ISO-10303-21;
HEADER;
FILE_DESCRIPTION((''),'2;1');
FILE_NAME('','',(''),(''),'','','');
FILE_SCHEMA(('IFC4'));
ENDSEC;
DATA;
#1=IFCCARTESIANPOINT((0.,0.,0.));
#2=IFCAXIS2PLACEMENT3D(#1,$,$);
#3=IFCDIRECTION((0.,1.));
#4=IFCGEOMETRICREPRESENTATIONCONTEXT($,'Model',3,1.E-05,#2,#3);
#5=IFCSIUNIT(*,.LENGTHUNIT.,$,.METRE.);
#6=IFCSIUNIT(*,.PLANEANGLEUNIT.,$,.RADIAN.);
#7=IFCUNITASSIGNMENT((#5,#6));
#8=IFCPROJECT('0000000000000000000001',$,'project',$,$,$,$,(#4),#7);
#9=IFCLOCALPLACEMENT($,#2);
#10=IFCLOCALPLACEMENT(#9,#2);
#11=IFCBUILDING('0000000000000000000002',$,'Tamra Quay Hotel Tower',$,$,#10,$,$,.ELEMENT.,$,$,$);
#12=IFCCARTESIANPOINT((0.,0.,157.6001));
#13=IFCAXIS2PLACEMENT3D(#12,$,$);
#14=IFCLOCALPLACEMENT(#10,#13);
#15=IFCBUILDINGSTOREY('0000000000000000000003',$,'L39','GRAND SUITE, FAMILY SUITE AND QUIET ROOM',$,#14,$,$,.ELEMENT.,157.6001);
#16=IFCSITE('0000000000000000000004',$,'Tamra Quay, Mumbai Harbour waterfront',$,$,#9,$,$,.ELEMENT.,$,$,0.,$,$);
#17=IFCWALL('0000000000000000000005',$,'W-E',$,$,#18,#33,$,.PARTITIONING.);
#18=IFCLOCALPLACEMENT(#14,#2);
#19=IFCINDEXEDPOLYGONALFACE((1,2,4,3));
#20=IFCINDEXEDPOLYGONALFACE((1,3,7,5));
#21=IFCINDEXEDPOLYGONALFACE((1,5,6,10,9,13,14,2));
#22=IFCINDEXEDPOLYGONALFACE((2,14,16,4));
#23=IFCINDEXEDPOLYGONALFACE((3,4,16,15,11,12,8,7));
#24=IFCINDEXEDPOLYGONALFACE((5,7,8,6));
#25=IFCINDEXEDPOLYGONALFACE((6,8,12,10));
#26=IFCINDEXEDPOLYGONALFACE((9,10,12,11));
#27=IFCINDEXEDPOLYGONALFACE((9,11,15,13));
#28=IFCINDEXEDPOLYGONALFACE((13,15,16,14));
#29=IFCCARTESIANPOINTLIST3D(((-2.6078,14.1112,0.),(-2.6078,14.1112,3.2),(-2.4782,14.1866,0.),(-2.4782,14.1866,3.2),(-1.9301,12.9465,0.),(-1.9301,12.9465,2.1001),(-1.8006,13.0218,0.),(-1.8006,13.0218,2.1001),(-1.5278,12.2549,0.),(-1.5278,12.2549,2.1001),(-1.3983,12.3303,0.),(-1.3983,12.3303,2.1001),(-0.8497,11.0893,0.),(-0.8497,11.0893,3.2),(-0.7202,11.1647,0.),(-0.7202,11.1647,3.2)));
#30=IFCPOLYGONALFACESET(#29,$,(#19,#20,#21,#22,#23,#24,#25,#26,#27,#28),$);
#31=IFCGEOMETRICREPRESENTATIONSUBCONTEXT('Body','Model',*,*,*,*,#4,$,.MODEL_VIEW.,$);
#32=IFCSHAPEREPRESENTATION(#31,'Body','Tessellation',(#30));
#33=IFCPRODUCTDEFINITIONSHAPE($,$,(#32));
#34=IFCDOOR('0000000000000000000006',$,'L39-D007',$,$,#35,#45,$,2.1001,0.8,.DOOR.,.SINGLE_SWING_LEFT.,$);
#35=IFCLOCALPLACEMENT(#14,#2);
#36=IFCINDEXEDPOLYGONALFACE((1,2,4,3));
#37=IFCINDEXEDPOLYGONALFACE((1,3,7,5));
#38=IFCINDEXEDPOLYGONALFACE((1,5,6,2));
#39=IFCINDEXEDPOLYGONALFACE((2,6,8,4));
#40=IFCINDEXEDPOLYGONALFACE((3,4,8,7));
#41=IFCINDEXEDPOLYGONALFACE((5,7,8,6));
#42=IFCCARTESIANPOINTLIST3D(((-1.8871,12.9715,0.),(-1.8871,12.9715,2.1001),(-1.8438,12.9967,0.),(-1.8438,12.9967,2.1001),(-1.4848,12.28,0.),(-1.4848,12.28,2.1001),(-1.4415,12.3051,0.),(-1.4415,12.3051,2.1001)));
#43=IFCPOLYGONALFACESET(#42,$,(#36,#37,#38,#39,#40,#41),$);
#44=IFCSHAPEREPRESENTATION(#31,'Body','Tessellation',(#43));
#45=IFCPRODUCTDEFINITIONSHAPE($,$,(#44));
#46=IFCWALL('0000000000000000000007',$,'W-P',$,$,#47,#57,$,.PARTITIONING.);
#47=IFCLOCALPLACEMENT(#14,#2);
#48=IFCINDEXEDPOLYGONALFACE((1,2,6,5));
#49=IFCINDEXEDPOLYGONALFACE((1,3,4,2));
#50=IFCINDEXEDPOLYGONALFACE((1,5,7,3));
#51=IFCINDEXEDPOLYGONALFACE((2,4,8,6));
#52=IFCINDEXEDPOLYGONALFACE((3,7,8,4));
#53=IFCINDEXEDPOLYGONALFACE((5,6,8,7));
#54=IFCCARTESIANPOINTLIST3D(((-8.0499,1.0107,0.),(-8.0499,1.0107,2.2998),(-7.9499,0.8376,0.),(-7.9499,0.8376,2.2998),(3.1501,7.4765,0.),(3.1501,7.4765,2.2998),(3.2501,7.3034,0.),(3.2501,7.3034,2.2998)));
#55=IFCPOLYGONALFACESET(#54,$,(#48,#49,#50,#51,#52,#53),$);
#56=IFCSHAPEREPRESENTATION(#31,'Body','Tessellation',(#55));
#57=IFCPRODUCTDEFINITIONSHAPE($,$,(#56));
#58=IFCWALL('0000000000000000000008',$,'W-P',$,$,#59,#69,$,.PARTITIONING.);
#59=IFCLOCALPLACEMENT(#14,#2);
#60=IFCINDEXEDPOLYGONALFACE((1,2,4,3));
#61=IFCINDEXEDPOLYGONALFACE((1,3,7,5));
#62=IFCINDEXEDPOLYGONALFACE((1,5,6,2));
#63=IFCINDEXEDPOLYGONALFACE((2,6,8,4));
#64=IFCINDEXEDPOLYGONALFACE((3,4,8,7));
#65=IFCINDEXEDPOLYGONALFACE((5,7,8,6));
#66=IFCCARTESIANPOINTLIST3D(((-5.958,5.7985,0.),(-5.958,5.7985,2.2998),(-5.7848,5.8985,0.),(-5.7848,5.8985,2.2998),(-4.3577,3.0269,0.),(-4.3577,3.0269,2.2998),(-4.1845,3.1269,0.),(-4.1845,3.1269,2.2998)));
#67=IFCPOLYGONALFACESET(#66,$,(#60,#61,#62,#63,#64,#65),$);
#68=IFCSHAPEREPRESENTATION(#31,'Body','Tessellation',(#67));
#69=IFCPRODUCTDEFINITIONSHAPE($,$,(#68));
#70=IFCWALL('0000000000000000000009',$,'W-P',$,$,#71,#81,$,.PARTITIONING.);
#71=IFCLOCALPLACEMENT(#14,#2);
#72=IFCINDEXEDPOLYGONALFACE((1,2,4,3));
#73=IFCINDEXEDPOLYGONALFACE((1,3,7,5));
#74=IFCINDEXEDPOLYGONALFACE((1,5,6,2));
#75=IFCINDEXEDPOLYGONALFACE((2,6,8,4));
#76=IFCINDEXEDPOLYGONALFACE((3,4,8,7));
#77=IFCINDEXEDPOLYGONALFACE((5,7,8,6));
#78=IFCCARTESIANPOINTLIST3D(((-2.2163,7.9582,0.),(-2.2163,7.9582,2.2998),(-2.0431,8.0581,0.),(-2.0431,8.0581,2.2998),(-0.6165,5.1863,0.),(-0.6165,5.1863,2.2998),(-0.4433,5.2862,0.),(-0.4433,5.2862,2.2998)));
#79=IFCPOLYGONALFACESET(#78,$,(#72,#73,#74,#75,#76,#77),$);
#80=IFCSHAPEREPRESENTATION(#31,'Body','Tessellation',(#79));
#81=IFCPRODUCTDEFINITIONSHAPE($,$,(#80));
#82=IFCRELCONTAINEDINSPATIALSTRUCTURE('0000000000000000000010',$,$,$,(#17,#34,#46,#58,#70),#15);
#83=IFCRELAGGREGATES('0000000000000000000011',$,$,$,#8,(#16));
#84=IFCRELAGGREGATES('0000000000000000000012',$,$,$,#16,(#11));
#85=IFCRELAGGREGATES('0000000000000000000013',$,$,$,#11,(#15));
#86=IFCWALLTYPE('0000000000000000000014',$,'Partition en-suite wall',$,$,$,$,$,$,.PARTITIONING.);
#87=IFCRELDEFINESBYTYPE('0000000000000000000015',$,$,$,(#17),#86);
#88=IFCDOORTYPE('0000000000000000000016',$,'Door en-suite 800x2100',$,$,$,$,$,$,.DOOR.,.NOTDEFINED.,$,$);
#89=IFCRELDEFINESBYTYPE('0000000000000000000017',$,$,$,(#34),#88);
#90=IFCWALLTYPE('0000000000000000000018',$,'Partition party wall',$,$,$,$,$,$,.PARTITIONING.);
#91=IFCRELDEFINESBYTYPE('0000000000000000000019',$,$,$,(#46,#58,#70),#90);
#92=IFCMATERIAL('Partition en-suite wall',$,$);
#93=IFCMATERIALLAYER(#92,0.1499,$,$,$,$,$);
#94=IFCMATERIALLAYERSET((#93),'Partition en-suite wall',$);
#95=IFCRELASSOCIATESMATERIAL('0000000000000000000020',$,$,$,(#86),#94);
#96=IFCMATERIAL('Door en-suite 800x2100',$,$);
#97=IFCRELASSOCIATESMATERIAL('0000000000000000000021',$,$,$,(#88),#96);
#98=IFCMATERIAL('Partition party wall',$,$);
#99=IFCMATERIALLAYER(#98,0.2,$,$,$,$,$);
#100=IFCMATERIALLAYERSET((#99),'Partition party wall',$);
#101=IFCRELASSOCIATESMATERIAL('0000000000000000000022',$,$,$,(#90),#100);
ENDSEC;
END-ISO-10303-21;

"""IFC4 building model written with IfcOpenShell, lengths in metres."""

from ifc_helpers import new_model, si_unit, direction, frame, frame_2d, origin, place, context, subcontext, project, spatial, rectangle, extrude, material, layer, layer_set, type_object, element, fill, save


model = new_model("IFC4")

# Units and contexts
model_context = context("Model", 3, precision=1e-05, world=origin(), true_north=direction((0.0, 1.0)))
body_context = subcontext(model_context, "Body", "Model", "MODEL_VIEW")
ifc_project = project(units=[si_unit("LENGTHUNIT", "METRE"), si_unit("PLANEANGLEUNIT", "RADIAN")], contexts=[model_context])

# Site, building, storey
site_placement = place(None, origin())
site = spatial("IfcSite", under=ifc_project, at=site_placement, Name="Tamra Quay, Mumbai Harbour waterfront", CompositionType="ELEMENT", RefElevation=0.0)
building_placement = place(site_placement, origin())
building = spatial("IfcBuilding", under=site, at=building_placement, Name="Tamra Quay Hotel Tower", CompositionType="ELEMENT")
storey_placement = place(building_placement, frame((0.0, 0.0, 157.6001)))
storey = spatial("IfcBuildingStorey", under=building, at=storey_placement, Name="L39", Description="GRAND SUITE, FAMILY SUITE AND QUIET ROOM", CompositionType="ELEMENT", Elevation=157.6001)

# Shared definitions
ifc_material_1 = material(Name="Partition en-suite wall")
ifc_layer_1 = layer(ifc_material_1, 0.1499)
ifc_layer_set_1 = layer_set([ifc_layer_1], Name="Partition en-suite wall")
wall_type_1 = type_object("IfcWallType", Name="Partition en-suite wall", PredefinedType="PARTITIONING", material=ifc_layer_set_1)
ifc_material_2 = material(Name="Door en-suite 800x2100")
door_type_1 = type_object("IfcDoorType", Name="Door en-suite 800x2100", OperationType="NOTDEFINED", PredefinedType="DOOR", material=ifc_material_2)

# Wall, opening, door
wall_1_placement = place(storey_placement, frame((-2.543, 14.1489, 0.0), z_axis=(0.0, 0.0, 1.0), x_axis=(0.502855, -0.864371, 0.0)))
wall_1 = element("IfcWall", 1, at=wall_1_placement, inside=storey, type_object=wall_type_1, Name="W-E", PredefinedType="PARTITIONING", context=body_context, shape_type="SweptSolid", body=[
    extrude(rectangle(XDim=3.4961, YDim=0.1499, at=frame_2d((1.748, 0.0))), origin(), (0.0, 0.0, 1.0), 3.2),
])
opening_1_placement = place(wall_1_placement, frame((1.3477, 0.0, 0.0)))
opening_1 = element("IfcOpeningElement", 2, at=opening_1_placement, cuts=wall_1, PredefinedType="OPENING", context=body_context, shape_type="SweptSolid", body=[
    extrude(rectangle(XDim=0.8, YDim=2.1001, at=frame_2d((0.3999, 1.05))), frame((0.0, 0.085, 0.0), z_axis=(0.0, -1.0, 0.0), x_axis=(1.0, 0.0, 0.0)), (0.0, 0.0, 1.0), 0.1699),
])
door_1_placement = place(opening_1_placement, origin())
door_1 = element("IfcDoor", 3, at=door_1_placement, inside=storey, type_object=door_type_1, Name="L39-D007", OperationType="SINGLE_SWING_LEFT", OverallHeight=2.1001, OverallWidth=0.8, PredefinedType="DOOR", context=body_context, shape_type="SweptSolid", body=[
    extrude(rectangle(XDim=0.8, YDim=2.1001, at=frame_2d((0.3999, 1.05))), frame((0.0, 0.0249, 0.0), z_axis=(0.0, -1.0, 0.0), x_axis=(1.0, 0.0, 0.0)), (0.0, 0.0, 1.0), 0.05),
])
fill(opening_1, door_1)

# Walls
ifc_material_3 = material(Name="Partition party wall")
ifc_layer_2 = layer(ifc_material_3, 0.2)
ifc_layer_set_2 = layer_set([ifc_layer_2], Name="Partition party wall")
wall_type_2 = type_object("IfcWallType", Name="Partition party wall", PredefinedType="PARTITIONING", material=ifc_layer_set_2)
wall_2_placement = place(storey_placement, frame((-8.0, 0.9241, 0.0), z_axis=(0.0, 0.0, 1.0), x_axis=(0.866041, 0.499972, 0.0)))
element("IfcWall", 4, at=wall_2_placement, inside=storey, type_object=wall_type_2, Name="W-P", PredefinedType="PARTITIONING", context=body_context, shape_type="SweptSolid", body=[
    extrude(rectangle(XDim=12.9324, YDim=0.2, at=frame_2d((6.4663, 0.0))), origin(), (0.0, 0.0, 1.0), 2.2998),
])
for number, where, z_axis, x_axis, name in (
    (5, (-5.8713, 5.8484, 0.0), (0.0, 0.0, 1.0), (0.50002, -0.866014, 0.0), "W-P"),
    (6, (-2.1296, 8.0081, 0.0), (0.0, 0.0, 1.0), (0.499872, -0.866099, 0.0), "W-P"),
):
    element("IfcWall", number, at=place(storey_placement, frame(where, z_axis=z_axis, x_axis=x_axis)), inside=storey, type_object=wall_type_2, Name=name, PredefinedType="PARTITIONING", context=body_context, shape_type="SweptSolid", body=[
        extrude(rectangle(XDim=3.2004, YDim=0.2, at=frame_2d((1.6001, 0.0))), origin(), (0.0, 0.0, 1.0), 2.2998),
    ])

save(model, "model.ifc")
